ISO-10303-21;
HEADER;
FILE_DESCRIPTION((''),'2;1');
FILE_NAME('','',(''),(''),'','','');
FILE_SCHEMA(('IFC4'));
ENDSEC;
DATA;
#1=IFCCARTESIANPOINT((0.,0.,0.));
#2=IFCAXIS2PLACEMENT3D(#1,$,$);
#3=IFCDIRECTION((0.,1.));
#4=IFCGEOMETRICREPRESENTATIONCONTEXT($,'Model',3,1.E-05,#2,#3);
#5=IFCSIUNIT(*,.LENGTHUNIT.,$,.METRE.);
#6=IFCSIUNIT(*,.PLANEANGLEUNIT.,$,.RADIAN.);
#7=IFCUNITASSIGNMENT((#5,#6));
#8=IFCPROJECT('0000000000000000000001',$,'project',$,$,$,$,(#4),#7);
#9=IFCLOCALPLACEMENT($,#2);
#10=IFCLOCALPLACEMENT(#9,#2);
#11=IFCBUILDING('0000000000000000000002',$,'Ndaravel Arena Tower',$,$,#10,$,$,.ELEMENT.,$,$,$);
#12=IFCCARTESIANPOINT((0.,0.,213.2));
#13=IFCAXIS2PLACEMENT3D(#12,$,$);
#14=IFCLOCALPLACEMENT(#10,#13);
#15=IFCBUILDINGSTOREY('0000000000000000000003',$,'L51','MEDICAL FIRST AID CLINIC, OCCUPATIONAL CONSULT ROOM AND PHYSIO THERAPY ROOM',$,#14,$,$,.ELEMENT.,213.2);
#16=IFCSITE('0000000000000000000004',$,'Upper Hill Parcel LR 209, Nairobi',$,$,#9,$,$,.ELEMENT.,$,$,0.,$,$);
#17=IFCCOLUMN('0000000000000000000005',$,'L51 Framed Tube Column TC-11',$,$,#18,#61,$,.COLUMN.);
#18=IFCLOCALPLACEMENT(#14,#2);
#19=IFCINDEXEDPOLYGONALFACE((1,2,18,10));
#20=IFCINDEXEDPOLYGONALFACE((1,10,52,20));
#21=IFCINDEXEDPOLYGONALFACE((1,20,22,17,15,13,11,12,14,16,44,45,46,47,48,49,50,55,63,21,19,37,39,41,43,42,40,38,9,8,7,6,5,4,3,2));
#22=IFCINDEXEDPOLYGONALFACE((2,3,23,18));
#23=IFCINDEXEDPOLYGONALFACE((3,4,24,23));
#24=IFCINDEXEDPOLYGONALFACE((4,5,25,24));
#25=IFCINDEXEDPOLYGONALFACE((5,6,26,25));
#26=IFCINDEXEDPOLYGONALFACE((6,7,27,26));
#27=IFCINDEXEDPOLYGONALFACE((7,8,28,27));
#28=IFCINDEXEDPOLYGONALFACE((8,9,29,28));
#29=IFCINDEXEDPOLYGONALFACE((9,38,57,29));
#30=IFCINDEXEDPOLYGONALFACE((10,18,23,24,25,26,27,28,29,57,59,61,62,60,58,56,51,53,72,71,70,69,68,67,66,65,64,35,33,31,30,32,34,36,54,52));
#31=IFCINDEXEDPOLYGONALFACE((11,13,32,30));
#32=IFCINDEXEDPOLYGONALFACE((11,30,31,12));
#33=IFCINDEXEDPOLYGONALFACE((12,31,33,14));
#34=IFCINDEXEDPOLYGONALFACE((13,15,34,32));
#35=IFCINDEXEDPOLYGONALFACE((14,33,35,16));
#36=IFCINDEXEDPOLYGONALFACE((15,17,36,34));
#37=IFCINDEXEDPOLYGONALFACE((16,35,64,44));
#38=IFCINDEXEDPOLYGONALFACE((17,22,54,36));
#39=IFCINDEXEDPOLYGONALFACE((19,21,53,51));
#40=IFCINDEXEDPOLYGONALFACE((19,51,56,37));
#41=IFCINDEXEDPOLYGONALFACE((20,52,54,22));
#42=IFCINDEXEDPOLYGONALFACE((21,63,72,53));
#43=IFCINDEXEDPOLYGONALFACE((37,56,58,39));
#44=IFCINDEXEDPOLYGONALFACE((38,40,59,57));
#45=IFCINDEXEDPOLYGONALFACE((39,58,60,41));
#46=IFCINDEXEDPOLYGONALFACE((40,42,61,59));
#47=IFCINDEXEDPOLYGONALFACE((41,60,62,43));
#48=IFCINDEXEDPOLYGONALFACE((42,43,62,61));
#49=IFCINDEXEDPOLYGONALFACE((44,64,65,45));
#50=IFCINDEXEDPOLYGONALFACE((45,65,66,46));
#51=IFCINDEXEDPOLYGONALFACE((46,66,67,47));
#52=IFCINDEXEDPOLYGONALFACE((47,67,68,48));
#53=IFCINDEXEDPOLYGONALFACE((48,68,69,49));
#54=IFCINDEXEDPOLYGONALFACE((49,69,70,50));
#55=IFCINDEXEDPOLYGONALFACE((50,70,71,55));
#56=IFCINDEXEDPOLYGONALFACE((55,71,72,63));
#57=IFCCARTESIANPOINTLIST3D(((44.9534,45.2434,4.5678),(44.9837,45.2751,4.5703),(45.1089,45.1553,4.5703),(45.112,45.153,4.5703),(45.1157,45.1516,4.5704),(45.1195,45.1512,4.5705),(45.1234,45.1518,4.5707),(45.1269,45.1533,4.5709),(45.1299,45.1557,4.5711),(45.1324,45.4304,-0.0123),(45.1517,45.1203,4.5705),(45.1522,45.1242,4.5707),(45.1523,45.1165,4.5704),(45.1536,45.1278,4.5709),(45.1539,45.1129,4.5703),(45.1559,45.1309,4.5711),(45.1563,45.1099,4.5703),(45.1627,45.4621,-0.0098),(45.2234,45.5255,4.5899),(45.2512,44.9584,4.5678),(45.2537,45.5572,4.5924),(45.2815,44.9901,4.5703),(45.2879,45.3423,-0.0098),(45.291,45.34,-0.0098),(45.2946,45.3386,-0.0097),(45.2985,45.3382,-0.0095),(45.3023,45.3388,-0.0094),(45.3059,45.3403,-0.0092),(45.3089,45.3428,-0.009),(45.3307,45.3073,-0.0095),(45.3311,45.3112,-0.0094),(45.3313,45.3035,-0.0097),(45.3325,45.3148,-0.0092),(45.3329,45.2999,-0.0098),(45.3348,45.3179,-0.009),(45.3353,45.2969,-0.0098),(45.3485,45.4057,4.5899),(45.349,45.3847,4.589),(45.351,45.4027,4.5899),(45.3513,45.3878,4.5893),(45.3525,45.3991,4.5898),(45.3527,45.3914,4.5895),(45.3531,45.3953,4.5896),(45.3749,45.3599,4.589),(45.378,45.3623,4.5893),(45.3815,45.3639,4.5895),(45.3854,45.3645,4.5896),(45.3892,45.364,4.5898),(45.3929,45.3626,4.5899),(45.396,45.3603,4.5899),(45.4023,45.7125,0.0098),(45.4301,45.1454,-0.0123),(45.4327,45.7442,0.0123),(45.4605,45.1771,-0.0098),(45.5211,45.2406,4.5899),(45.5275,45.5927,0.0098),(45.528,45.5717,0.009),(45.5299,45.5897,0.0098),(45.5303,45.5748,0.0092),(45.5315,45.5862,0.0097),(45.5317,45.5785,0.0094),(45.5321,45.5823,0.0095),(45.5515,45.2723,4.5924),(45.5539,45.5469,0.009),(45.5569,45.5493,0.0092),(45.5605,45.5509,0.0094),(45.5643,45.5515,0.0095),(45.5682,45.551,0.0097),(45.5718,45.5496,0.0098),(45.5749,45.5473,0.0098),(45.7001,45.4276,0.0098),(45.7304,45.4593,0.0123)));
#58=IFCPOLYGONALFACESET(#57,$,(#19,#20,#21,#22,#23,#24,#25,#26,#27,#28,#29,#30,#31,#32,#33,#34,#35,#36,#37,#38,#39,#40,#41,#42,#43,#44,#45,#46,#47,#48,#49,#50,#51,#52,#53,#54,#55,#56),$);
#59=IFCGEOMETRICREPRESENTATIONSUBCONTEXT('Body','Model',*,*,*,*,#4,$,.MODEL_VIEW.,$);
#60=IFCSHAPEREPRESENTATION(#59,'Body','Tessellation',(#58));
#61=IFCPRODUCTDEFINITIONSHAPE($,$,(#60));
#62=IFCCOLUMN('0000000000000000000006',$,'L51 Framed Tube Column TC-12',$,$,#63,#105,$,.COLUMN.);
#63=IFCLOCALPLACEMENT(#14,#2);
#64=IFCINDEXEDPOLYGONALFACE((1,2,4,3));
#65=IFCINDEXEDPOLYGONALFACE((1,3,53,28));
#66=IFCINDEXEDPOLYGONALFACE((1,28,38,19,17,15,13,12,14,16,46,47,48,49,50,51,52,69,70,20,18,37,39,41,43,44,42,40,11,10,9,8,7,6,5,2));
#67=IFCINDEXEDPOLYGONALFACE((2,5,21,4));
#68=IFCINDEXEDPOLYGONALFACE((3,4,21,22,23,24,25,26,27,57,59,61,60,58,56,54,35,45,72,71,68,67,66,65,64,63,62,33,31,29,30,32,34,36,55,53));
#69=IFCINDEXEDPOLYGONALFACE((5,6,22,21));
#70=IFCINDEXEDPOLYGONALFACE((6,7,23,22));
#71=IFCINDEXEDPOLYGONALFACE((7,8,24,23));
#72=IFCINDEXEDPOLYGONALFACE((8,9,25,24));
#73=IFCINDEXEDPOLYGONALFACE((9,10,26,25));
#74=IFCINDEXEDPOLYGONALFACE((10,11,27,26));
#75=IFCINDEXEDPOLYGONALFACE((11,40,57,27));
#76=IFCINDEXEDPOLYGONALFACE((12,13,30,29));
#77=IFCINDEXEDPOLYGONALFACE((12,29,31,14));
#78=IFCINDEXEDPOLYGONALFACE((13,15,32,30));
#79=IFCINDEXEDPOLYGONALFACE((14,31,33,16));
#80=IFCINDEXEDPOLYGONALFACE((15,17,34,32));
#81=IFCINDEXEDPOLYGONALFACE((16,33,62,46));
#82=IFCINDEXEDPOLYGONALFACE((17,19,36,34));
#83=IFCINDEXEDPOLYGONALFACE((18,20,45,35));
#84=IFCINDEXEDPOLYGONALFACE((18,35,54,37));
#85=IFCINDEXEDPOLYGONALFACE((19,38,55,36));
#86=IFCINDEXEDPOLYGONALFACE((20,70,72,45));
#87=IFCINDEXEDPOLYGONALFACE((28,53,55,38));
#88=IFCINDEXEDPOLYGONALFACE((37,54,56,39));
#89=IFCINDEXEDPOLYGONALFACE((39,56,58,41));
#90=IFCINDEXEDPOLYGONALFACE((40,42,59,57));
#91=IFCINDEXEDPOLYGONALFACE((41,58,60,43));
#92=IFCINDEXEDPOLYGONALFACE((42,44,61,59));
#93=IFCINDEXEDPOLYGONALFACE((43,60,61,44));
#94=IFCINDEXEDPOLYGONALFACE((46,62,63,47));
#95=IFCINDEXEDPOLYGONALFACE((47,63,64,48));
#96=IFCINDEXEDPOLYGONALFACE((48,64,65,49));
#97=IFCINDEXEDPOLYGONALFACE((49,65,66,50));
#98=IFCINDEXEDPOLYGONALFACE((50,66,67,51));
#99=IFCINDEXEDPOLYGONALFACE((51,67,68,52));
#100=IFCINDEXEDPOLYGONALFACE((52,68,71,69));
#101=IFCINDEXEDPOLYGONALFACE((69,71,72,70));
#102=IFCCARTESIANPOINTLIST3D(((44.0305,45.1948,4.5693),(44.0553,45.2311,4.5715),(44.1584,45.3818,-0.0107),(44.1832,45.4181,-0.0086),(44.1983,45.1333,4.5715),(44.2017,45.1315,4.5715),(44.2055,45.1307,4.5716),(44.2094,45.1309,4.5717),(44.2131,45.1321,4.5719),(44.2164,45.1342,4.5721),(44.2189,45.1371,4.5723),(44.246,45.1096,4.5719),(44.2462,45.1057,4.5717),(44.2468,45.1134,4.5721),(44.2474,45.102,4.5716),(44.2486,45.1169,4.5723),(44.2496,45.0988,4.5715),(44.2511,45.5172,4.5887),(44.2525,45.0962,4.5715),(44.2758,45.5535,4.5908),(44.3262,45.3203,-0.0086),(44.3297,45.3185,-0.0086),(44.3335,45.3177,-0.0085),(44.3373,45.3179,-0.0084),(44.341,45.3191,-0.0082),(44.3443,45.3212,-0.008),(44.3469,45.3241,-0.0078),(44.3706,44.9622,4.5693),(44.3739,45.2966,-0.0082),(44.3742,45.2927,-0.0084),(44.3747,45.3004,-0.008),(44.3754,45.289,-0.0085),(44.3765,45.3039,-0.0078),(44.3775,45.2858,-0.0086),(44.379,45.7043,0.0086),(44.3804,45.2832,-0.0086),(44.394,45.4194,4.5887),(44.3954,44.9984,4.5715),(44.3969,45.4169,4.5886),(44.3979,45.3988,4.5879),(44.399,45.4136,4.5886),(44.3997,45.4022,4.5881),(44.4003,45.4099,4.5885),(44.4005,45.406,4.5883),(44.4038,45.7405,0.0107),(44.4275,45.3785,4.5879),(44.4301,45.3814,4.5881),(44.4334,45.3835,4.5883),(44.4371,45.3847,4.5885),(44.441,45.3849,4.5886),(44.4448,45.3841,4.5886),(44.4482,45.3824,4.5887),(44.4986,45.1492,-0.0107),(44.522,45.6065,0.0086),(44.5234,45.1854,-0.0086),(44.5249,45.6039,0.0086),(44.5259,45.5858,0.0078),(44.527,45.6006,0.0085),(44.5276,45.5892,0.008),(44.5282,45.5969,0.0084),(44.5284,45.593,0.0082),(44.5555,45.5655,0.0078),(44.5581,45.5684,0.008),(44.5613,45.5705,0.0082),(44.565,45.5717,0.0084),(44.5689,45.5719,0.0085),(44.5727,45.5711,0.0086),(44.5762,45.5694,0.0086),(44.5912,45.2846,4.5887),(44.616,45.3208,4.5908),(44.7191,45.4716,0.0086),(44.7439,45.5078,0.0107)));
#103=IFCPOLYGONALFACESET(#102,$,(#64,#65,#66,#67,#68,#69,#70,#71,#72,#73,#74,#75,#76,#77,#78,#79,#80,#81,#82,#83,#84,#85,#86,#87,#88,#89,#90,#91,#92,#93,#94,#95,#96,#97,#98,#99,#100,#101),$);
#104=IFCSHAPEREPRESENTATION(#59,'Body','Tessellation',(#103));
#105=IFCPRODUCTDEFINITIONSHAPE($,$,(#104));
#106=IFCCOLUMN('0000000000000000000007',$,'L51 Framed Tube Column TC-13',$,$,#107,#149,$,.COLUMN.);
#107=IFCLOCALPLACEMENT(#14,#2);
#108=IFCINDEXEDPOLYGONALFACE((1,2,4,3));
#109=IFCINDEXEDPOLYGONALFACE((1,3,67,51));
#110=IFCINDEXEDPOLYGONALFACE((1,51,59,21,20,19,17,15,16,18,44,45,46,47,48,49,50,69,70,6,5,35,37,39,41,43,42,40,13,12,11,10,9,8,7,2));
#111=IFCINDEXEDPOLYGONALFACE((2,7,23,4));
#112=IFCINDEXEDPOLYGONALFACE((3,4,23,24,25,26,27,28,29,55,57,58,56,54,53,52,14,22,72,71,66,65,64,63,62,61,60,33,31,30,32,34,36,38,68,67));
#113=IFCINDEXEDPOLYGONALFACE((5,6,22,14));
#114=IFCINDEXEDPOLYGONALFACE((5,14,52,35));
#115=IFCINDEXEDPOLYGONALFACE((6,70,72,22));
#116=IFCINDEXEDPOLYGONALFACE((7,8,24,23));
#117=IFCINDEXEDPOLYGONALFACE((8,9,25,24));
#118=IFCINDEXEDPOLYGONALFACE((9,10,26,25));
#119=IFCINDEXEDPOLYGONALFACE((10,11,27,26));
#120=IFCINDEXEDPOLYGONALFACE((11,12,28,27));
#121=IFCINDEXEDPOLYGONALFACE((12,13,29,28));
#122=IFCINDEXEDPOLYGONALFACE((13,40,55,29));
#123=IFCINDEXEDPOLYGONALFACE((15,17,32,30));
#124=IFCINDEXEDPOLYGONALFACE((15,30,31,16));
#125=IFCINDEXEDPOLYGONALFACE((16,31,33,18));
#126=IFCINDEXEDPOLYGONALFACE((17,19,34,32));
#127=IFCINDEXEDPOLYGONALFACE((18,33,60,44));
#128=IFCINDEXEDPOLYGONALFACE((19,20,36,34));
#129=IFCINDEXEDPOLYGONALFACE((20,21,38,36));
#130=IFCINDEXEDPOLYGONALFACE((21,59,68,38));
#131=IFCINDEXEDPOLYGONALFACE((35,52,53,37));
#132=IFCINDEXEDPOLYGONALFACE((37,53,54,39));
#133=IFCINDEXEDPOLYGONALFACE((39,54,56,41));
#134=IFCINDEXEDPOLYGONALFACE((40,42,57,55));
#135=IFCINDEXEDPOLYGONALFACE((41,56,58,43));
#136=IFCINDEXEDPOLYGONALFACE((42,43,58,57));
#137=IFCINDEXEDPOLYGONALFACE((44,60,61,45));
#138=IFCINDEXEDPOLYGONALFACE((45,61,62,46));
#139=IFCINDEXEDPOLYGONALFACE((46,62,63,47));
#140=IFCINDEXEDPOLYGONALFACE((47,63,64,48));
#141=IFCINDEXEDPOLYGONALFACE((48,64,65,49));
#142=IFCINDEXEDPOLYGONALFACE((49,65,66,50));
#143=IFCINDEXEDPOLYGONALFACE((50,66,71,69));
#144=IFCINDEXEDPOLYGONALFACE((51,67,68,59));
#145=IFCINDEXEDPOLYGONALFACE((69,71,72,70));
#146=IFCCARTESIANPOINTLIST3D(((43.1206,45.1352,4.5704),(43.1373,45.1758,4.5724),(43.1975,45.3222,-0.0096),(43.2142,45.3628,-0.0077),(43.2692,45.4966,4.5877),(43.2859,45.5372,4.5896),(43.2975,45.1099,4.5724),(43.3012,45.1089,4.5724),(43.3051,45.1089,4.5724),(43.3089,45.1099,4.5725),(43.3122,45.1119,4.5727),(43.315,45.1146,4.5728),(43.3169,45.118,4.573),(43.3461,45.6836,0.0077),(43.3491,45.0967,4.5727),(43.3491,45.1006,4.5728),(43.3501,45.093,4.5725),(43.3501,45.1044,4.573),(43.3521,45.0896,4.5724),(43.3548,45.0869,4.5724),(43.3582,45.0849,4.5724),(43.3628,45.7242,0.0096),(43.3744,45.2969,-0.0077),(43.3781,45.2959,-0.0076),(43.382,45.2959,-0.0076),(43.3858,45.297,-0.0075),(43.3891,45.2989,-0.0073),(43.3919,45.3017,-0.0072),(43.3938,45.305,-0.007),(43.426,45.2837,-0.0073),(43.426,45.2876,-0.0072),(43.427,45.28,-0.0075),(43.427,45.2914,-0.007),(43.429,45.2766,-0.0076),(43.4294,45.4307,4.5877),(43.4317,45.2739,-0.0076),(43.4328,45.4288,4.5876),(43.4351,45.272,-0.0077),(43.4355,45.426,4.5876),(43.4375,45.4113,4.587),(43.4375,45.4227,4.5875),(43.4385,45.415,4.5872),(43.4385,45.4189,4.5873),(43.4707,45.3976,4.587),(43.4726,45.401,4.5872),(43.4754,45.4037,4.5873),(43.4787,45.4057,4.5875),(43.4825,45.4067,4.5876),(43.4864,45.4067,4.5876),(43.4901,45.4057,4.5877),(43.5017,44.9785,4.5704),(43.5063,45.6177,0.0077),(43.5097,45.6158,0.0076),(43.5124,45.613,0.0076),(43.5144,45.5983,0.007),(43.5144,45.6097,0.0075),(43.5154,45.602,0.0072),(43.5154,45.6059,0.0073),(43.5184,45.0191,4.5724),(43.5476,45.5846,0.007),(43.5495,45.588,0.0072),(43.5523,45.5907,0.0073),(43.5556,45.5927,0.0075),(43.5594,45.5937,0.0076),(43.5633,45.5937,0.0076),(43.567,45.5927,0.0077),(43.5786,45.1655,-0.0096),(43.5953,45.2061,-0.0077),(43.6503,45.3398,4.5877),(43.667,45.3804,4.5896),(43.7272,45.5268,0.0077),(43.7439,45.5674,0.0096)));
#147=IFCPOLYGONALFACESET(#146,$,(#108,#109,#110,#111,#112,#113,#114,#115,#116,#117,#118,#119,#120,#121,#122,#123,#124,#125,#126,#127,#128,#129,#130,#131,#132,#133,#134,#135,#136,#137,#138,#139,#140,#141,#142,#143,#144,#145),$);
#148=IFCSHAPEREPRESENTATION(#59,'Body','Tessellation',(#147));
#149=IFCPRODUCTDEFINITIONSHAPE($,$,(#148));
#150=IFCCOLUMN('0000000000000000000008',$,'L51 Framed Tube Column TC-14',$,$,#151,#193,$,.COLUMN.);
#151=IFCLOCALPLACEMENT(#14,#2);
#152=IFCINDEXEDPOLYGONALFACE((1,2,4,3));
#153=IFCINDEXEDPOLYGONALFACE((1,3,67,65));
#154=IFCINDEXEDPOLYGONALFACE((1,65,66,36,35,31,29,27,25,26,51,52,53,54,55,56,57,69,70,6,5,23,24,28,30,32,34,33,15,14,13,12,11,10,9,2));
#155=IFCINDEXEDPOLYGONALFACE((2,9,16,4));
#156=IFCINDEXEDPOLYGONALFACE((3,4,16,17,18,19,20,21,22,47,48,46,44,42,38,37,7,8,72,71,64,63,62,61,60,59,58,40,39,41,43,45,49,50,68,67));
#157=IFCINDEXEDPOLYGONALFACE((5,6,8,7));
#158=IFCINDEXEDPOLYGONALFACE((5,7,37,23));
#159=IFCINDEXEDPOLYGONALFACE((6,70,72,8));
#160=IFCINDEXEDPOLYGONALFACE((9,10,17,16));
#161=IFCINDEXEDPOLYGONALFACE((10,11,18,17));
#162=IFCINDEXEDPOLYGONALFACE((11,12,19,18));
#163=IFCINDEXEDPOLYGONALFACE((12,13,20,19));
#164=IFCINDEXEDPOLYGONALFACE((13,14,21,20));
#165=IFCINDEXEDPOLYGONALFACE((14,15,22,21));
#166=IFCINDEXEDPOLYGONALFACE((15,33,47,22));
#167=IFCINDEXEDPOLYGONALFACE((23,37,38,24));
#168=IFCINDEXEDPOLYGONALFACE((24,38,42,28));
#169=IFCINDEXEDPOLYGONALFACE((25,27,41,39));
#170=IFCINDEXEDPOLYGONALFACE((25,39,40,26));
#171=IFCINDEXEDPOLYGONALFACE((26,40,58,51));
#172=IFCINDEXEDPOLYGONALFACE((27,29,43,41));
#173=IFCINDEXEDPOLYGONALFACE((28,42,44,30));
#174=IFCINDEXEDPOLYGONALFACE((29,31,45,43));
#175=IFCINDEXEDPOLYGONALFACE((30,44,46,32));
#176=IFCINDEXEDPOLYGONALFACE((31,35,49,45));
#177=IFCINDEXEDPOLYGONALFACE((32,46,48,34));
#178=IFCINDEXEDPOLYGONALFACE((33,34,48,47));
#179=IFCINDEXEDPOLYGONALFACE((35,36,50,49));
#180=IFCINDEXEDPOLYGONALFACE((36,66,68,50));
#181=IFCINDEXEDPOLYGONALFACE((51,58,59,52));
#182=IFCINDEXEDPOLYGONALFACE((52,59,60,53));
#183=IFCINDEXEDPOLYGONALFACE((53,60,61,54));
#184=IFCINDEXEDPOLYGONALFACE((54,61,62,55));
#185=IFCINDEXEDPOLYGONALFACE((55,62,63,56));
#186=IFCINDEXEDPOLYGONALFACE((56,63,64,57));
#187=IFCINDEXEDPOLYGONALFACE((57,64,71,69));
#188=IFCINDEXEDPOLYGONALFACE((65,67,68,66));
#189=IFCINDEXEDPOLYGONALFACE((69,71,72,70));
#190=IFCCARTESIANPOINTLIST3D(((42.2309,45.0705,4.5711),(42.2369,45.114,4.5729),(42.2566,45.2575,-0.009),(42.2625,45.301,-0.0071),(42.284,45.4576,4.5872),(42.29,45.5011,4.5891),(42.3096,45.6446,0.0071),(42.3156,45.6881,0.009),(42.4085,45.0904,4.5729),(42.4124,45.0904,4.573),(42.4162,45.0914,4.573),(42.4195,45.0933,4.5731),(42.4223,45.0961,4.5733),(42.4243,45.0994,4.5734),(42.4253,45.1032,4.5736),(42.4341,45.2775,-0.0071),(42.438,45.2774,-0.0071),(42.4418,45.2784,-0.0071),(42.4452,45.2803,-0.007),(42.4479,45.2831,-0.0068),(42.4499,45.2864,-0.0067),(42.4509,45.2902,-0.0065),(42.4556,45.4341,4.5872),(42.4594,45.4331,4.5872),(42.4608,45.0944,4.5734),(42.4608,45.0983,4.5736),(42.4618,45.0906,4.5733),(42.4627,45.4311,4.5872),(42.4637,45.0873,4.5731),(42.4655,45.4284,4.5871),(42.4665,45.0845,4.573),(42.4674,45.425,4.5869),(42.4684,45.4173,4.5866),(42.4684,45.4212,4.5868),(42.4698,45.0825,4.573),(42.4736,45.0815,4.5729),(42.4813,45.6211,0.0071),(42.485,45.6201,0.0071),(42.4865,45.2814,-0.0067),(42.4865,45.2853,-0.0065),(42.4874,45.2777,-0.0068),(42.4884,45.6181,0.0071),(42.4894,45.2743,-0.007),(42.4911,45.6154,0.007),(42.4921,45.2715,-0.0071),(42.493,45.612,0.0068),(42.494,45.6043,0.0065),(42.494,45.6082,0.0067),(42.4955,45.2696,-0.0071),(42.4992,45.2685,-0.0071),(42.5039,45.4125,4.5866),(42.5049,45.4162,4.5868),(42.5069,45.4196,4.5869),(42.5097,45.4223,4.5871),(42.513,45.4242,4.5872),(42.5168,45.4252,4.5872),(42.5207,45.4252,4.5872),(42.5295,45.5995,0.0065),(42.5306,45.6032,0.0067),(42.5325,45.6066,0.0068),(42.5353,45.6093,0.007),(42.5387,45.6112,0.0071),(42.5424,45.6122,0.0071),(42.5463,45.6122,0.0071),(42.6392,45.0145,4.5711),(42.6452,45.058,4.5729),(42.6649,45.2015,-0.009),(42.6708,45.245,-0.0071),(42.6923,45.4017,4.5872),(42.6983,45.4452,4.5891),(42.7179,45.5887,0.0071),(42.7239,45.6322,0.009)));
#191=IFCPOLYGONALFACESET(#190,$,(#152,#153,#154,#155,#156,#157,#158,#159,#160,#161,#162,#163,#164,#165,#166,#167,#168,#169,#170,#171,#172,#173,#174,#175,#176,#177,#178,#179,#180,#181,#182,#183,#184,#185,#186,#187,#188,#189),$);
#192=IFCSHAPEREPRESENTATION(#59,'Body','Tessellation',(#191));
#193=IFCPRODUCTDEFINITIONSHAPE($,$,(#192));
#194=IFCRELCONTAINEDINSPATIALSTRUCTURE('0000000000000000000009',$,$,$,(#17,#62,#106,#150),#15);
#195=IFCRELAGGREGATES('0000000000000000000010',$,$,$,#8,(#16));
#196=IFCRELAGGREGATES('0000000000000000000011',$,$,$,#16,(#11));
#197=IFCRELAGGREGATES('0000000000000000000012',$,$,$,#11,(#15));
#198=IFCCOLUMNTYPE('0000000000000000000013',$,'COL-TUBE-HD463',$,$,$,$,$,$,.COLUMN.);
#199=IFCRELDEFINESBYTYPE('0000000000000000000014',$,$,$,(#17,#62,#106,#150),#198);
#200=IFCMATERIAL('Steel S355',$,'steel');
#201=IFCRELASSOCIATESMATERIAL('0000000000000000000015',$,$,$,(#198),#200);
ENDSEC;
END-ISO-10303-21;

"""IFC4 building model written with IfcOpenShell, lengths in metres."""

from ifc_helpers import new_model, si_unit, direction, frame, origin, origin_2d, place, context, subcontext, project, spatial, i_section, extrude, material, material_profile, profile_set, type_object, element, save


model = new_model("IFC4")

# Units and contexts
model_context = context("Model", 3, precision=1e-05, world=origin(), true_north=direction((0.0, 1.0)))
body_context = subcontext(model_context, "Body", "Model", "MODEL_VIEW")
ifc_project = project(units=[si_unit("LENGTHUNIT", "METRE"), si_unit("PLANEANGLEUNIT", "RADIAN")], contexts=[model_context])

# Site, building, storey
site_placement = place(None, origin())
site = spatial("IfcSite", under=ifc_project, at=site_placement, Name="Upper Hill Parcel LR 209, Nairobi", CompositionType="ELEMENT", RefElevation=0.0)
building_placement = place(site_placement, origin())
building = spatial("IfcBuilding", under=site, at=building_placement, Name="Ndaravel Arena Tower", CompositionType="ELEMENT")
storey_placement = place(building_placement, frame((0.0, 0.0, 213.2)))
storey = spatial("IfcBuildingStorey", under=building, at=storey_placement, Name="L51", Description="MEDICAL FIRST AID CLINIC, OCCUPATIONAL CONSULT ROOM AND PHYSIO THERAPY ROOM", CompositionType="ELEMENT", Elevation=213.2)

# Columns
ifc_material_1 = material(Name="Steel S355", Category="steel")
ifc_material_profile_1 = material_profile(ifc_material_1, i_section(OverallWidth=0.4121, OverallDepth=0.4351, WebThickness=0.0359, FlangeThickness=0.0439, FilletRadius=0.0149, at=origin_2d()), Name="HD 400x463")
ifc_profile_set_1 = profile_set([ifc_material_profile_1], Name="Steel S355")
column_type = type_object("IfcColumnType", Name="COL-TUBE-HD463", PredefinedType="COLUMN", material=ifc_profile_set_1)
column_1_placement = place(storey_placement, frame((45.4314, 45.4448, 0.0), z_axis=(-0.03901, -0.040767, 0.998407), x_axis=(0.722498, -0.691373, 0.0)))
element("IfcColumn", 1, at=column_1_placement, inside=storey, type_object=column_type, Name="L51 Framed Tube Column TC-11", PredefinedType="COLUMN", context=body_context, shape_type="SweptSolid", body=[
    extrude(i_section(OverallWidth=0.4121, OverallDepth=0.4351, WebThickness=0.0359, FlangeThickness=0.0439, FilletRadius=0.0149, at=origin_2d()), origin(), (0.0, 0.0, 1.0), 4.5874),
])
column_2_placement = place(storey_placement, frame((44.4512, 45.4448, 0.0), z_axis=(-0.027898, -0.040782, 0.998779), x_axis=(0.82536, -0.564607, 0.0)))
element("IfcColumn", 2, at=column_2_placement, inside=storey, type_object=column_type, Name="L51 Framed Tube Column TC-12", PredefinedType="COLUMN", context=body_context, shape_type="SweptSolid", body=[
    extrude(i_section(OverallWidth=0.4121, OverallDepth=0.4351, WebThickness=0.0359, FlangeThickness=0.0439, FilletRadius=0.0149, at=origin_2d()), origin(), (0.0, 0.0, 1.0), 4.5857),
])
column_3_placement = place(storey_placement, frame((43.4707, 45.4448, 0.0), z_axis=(-0.016775, -0.040792, 0.999027), x_axis=(0.924853, -0.380325, 0.0)))
element("IfcColumn", 3, at=column_3_placement, inside=storey, type_object=column_type, Name="L51 Framed Tube Column TC-13", PredefinedType="COLUMN", context=body_context, shape_type="SweptSolid", body=[
    extrude(i_section(OverallWidth=0.4121, OverallDepth=0.4351, WebThickness=0.0359, FlangeThickness=0.0439, FilletRadius=0.0149, at=origin_2d()), origin(), (0.0, 0.0, 1.0), 4.5845),
])
column_4_placement = place(storey_placement, frame((42.4902, 45.4448, 0.0), z_axis=(-0.005592, -0.040797, 0.999152), x_axis=(0.990735, -0.135806, 0.0)))
element("IfcColumn", 4, at=column_4_placement, inside=storey, type_object=column_type, Name="L51 Framed Tube Column TC-14", PredefinedType="COLUMN", context=body_context, shape_type="SweptSolid", body=[
    extrude(i_section(OverallWidth=0.4121, OverallDepth=0.4351, WebThickness=0.0359, FlangeThickness=0.0439, FilletRadius=0.0149, at=origin_2d()), origin(), (0.0, 0.0, 1.0), 4.584),
])

save(model, "model.ifc")
